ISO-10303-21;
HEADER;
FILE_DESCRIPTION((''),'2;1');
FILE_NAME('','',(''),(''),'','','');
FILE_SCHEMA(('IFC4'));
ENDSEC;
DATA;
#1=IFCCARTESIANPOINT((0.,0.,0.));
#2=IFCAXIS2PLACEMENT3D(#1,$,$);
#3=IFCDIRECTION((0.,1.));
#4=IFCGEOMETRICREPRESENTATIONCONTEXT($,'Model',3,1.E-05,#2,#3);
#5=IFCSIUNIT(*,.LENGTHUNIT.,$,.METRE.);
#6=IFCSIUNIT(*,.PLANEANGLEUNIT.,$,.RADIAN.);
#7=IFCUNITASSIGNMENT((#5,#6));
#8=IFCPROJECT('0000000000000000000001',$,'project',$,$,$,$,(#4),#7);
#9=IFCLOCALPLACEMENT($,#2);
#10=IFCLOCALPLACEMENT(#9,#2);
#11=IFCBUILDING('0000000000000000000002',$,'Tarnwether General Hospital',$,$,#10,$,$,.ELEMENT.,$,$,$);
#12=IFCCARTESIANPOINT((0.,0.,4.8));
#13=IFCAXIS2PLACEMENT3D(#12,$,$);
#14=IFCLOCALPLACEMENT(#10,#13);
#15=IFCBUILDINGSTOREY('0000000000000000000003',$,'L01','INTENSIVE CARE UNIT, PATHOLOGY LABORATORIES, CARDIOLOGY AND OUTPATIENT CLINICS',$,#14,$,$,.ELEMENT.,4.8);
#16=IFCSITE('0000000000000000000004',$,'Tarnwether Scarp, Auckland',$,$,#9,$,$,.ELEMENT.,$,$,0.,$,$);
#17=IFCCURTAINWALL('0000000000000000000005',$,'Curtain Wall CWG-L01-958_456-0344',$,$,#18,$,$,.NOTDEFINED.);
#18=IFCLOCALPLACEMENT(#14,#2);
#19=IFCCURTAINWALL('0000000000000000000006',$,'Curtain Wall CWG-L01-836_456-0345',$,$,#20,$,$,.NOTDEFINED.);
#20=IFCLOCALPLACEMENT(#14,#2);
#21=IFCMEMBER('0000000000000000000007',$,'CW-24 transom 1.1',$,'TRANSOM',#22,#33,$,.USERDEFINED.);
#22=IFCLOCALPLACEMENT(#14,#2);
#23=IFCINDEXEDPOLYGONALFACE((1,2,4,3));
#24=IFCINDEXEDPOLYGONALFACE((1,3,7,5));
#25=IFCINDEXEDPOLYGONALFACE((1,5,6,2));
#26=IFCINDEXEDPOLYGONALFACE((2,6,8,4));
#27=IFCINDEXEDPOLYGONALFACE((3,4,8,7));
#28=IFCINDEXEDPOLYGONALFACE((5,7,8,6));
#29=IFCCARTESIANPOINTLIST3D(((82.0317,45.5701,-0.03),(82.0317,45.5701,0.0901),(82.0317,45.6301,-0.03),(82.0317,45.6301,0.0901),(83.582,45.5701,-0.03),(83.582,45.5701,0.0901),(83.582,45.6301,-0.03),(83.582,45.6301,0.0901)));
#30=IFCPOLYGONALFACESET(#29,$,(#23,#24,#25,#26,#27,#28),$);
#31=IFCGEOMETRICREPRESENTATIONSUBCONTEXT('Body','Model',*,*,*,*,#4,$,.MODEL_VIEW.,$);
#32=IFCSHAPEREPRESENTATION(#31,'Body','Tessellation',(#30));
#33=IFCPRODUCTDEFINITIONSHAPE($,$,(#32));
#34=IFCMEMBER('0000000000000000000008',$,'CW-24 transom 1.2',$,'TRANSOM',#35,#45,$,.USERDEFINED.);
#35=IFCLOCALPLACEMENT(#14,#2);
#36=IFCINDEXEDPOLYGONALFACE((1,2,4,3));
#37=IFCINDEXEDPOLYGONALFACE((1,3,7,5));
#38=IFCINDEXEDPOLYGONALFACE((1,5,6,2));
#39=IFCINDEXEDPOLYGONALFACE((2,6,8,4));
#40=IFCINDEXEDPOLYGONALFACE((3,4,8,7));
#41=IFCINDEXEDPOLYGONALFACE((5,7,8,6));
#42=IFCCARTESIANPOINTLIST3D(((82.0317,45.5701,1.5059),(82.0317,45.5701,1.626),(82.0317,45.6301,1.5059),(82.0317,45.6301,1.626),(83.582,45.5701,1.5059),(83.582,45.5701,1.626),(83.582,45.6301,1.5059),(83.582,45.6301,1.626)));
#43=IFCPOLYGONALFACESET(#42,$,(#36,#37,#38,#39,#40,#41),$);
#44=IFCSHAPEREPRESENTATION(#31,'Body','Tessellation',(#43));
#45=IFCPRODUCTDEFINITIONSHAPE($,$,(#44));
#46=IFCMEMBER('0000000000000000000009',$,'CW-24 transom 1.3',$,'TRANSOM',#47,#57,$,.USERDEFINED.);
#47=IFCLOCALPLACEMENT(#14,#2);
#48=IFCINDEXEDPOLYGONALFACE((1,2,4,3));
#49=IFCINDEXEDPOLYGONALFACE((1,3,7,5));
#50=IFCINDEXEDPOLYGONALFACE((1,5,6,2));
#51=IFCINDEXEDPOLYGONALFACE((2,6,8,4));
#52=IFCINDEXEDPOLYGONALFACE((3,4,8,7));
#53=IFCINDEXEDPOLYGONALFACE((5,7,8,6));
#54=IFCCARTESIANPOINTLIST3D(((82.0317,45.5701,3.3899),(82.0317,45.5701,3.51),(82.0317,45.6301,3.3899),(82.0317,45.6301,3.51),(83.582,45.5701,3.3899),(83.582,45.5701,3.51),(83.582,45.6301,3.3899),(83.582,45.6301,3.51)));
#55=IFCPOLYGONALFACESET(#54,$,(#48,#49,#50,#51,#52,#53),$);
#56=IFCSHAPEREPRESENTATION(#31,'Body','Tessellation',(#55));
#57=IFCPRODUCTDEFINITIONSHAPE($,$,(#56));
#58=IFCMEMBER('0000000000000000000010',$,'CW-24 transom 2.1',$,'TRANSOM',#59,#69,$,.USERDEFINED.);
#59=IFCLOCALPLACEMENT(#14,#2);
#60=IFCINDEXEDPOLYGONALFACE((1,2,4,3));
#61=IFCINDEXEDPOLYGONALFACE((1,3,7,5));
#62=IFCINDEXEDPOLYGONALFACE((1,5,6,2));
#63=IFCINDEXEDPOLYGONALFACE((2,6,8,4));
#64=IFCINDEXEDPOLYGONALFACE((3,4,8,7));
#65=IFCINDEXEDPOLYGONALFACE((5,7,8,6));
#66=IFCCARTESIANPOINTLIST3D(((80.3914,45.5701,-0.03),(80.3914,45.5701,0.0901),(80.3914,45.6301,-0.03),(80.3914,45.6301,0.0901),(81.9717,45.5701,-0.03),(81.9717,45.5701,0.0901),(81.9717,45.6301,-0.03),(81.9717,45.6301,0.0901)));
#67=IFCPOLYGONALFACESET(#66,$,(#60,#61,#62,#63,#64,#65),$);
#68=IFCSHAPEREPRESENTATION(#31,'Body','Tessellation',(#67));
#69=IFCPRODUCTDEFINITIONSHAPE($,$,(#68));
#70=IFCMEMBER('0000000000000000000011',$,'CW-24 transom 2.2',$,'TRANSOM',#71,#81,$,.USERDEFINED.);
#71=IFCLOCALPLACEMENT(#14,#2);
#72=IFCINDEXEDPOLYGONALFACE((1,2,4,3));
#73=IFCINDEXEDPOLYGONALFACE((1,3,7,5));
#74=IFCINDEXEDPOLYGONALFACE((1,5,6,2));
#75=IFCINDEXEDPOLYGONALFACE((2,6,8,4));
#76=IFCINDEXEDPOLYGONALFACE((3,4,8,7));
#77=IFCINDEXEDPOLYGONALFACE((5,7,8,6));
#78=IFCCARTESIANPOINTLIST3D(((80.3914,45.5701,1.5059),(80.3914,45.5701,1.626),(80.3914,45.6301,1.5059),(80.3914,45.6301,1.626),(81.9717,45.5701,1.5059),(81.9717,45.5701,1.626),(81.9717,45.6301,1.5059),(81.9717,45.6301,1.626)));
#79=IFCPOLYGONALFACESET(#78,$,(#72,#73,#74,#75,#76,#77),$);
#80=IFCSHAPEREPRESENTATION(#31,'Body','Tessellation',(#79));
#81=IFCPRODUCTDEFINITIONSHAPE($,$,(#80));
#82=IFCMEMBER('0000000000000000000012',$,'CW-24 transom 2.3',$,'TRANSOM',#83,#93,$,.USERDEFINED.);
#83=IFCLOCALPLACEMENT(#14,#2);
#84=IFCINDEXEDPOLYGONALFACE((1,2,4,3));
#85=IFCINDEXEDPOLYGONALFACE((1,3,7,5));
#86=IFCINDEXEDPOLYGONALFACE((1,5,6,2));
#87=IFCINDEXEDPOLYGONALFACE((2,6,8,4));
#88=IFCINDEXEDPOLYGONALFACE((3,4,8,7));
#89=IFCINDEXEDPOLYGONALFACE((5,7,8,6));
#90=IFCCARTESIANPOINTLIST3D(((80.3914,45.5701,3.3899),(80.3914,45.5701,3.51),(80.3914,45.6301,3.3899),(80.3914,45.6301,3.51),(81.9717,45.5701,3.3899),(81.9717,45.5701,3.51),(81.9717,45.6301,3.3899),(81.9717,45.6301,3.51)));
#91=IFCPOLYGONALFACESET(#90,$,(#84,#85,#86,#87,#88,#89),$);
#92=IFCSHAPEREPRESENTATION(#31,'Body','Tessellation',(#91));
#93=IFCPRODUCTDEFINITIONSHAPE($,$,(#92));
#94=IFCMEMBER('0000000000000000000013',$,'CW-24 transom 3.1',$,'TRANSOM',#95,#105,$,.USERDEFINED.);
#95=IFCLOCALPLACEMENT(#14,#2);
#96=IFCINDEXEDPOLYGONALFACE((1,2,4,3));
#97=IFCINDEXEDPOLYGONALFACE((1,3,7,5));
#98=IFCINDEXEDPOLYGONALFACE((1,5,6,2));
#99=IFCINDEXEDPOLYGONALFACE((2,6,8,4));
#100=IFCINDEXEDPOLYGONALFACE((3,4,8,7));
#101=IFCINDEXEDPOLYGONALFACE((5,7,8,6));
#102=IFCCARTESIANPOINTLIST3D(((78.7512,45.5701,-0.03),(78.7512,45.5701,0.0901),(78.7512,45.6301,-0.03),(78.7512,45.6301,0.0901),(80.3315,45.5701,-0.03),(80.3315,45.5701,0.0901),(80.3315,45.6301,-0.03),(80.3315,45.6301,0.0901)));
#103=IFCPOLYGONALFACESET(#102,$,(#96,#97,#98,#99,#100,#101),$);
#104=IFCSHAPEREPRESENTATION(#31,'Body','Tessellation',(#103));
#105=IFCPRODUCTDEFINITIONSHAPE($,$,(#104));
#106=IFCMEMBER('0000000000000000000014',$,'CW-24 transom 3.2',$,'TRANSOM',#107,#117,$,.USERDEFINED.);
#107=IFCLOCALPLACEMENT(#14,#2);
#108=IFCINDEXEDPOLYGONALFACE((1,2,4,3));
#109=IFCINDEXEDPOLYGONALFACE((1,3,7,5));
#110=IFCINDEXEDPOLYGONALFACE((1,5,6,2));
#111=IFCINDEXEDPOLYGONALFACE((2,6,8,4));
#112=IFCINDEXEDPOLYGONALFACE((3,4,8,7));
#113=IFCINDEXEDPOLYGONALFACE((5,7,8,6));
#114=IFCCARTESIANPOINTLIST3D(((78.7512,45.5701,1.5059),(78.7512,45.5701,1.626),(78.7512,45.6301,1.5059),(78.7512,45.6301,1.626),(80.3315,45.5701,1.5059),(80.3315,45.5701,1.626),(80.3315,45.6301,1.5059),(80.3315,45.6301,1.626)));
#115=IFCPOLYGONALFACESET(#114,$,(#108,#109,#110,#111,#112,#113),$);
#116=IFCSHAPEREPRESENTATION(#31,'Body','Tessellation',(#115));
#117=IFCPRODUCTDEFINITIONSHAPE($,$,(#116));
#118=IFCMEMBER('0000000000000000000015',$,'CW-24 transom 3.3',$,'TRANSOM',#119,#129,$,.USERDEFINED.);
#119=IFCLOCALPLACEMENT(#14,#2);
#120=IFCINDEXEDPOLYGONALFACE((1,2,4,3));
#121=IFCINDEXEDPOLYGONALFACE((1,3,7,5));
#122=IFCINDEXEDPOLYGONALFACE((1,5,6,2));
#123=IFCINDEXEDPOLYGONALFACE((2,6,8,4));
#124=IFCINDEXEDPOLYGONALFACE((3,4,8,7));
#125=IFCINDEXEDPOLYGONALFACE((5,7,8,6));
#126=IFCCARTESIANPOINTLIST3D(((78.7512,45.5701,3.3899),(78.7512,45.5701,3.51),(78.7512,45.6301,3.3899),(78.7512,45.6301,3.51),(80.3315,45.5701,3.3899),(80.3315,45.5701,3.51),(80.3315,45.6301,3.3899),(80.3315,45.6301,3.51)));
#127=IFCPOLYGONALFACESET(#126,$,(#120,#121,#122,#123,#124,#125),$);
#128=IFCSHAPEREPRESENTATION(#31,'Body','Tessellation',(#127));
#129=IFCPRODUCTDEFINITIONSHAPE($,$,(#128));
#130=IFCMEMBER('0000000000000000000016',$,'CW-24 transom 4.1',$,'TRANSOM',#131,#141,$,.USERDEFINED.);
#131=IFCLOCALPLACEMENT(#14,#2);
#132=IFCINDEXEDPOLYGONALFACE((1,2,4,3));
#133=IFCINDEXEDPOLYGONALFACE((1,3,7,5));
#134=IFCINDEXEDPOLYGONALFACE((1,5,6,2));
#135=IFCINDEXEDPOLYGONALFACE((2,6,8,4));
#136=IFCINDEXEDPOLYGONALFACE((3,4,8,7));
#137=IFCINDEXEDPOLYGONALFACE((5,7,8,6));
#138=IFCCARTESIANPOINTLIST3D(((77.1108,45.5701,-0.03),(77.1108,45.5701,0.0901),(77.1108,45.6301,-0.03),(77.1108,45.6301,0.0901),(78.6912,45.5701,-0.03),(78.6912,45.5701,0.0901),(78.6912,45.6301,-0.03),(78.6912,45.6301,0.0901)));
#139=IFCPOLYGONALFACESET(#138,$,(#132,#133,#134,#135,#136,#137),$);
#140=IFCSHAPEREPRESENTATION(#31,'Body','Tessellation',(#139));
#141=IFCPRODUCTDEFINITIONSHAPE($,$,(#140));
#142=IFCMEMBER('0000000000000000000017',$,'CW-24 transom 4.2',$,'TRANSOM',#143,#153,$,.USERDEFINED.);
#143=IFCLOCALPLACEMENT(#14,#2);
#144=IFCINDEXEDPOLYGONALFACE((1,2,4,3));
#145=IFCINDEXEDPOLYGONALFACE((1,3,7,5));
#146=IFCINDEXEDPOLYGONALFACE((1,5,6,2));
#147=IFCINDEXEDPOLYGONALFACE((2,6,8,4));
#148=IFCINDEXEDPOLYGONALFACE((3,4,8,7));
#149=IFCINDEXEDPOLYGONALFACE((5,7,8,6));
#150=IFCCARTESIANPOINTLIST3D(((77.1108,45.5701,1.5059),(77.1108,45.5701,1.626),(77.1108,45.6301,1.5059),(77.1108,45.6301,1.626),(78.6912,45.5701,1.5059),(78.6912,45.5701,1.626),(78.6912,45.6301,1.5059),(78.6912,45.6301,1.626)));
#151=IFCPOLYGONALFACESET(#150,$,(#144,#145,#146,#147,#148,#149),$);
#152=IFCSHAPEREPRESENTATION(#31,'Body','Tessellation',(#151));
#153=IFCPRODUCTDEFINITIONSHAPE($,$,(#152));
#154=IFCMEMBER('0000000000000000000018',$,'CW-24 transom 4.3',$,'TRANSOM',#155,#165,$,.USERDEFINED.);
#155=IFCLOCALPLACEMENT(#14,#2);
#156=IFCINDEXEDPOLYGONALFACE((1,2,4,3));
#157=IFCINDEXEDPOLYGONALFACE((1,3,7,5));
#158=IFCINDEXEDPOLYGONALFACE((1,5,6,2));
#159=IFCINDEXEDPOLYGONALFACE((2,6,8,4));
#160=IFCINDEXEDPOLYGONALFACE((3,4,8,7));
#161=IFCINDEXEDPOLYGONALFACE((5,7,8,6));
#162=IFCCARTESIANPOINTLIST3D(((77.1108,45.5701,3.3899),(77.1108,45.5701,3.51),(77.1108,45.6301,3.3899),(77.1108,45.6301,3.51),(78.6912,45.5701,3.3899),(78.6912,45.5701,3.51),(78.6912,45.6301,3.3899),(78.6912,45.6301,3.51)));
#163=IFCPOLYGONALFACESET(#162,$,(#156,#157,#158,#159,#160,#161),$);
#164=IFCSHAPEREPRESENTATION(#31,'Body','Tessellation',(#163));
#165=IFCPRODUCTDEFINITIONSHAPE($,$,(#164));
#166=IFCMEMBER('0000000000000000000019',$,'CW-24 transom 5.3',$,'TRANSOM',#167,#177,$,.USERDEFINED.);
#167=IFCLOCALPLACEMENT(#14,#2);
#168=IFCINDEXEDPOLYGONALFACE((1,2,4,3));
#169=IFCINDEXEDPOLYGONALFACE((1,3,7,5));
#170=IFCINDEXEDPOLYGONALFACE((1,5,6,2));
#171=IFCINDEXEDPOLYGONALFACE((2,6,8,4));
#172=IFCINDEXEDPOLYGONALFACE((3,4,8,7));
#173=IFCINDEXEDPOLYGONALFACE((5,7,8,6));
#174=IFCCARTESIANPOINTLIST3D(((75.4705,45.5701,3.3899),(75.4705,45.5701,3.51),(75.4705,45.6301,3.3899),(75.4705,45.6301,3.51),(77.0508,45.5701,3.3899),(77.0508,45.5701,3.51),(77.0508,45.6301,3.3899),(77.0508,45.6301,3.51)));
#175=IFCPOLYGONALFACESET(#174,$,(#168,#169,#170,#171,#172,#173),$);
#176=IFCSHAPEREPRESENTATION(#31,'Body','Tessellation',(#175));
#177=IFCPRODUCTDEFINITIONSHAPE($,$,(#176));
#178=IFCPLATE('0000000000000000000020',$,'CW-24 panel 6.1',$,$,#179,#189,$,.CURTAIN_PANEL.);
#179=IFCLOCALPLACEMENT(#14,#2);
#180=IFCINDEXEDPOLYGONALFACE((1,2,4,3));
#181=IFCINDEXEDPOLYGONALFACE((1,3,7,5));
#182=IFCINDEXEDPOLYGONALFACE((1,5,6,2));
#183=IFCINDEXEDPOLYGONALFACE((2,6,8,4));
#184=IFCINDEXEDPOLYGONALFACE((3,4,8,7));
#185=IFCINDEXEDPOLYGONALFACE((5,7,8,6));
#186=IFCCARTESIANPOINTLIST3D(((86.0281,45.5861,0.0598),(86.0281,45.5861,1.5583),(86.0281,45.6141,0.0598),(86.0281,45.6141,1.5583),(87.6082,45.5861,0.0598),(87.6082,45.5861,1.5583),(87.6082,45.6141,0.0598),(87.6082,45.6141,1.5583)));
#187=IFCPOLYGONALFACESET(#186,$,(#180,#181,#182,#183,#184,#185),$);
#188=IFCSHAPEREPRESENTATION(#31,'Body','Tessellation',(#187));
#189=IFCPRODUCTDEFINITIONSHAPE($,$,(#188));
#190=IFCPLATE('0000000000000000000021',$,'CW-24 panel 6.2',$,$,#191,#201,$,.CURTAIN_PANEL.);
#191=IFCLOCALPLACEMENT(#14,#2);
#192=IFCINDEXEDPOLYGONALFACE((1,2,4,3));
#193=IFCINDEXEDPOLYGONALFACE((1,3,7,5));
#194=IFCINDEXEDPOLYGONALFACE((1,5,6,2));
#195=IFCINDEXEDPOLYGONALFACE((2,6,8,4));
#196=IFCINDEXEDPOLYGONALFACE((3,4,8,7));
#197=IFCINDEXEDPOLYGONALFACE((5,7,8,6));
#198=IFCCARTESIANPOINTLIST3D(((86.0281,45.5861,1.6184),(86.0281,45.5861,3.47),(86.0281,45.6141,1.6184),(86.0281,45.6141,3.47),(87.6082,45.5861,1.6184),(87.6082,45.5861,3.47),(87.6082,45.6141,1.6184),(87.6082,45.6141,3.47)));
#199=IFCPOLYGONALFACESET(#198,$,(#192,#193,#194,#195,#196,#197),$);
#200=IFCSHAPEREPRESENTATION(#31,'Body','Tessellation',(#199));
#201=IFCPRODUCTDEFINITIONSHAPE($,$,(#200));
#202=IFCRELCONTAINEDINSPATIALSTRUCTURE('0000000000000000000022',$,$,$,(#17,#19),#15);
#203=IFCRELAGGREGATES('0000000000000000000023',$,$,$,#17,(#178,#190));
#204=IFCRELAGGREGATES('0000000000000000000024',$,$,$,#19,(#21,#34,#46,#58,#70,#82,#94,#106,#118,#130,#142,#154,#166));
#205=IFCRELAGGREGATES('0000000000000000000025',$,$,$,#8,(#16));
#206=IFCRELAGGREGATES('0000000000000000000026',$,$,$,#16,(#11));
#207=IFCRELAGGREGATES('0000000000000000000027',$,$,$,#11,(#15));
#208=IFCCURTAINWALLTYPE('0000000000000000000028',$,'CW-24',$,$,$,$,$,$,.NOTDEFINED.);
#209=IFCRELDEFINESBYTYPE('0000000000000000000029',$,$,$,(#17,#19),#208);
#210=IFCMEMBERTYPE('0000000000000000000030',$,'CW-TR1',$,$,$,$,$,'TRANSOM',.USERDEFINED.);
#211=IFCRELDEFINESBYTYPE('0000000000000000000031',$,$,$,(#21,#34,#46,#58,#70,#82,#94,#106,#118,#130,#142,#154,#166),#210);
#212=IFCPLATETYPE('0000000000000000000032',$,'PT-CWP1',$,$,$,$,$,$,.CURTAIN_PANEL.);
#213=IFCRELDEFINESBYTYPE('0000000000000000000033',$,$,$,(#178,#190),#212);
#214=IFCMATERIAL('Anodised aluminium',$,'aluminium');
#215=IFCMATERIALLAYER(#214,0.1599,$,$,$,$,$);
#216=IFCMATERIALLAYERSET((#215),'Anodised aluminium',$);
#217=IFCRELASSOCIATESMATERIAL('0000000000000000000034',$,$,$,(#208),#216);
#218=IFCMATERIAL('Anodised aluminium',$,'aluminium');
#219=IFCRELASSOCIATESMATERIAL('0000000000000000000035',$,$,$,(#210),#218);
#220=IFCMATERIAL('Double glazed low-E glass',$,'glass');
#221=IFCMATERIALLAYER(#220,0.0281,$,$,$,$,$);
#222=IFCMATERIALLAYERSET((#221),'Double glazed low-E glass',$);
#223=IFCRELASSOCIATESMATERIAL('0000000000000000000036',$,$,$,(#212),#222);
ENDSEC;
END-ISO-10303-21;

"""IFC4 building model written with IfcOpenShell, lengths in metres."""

from ifc_helpers import new_model, si_unit, direction, frame, origin, origin_2d, place, context, subcontext, project, spatial, rectangle, extrude, material, layer, layer_set, material_profile, profile_set, type_object, element, aggregate, save


model = new_model("IFC4")

# Units and contexts
model_context = context("Model", 3, precision=1e-05, world=origin(), true_north=direction((0.0, 1.0)))
body_context = subcontext(model_context, "Body", "Model", "MODEL_VIEW")
ifc_project = project(units=[si_unit("LENGTHUNIT", "METRE"), si_unit("PLANEANGLEUNIT", "RADIAN")], contexts=[model_context])

# Site, building, storey
site_placement = place(None, origin())
site = spatial("IfcSite", under=ifc_project, at=site_placement, Name="Tarnwether Scarp, Auckland", CompositionType="ELEMENT", RefElevation=0.0)
building_placement = place(site_placement, origin())
building = spatial("IfcBuilding", under=site, at=building_placement, Name="Tarnwether General Hospital", CompositionType="ELEMENT")
storey_placement = place(building_placement, frame((0.0, 0.0, 4.8)))
storey = spatial("IfcBuildingStorey", under=building, at=storey_placement, Name="L01", Description="INTENSIVE CARE UNIT, PATHOLOGY LABORATORIES, CARDIOLOGY AND OUTPATIENT CLINICS", CompositionType="ELEMENT", Elevation=4.8)

# Curtain walls
ifc_material_1 = material(Name="Anodised aluminium", Category="aluminium")
ifc_layer_1 = layer(ifc_material_1, 0.1599)
ifc_layer_set_1 = layer_set([ifc_layer_1], Name="Anodised aluminium")
curtain_wall_type = type_object("IfcCurtainWallType", Name="CW-24", PredefinedType="NOTDEFINED", material=ifc_layer_set_1)
curtain_wall_1_placement = place(storey_placement, origin())
curtain_wall_1 = element("IfcCurtainWall", 1, at=curtain_wall_1_placement, inside=storey, type_object=curtain_wall_type, Name="Curtain Wall CWG-L01-958_456-0344", PredefinedType="NOTDEFINED")
curtain_wall_2_placement = place(storey_placement, origin())
curtain_wall_2 = element("IfcCurtainWall", 2, at=curtain_wall_2_placement, inside=storey, type_object=curtain_wall_type, Name="Curtain Wall CWG-L01-836_456-0345", PredefinedType="NOTDEFINED")

# Members
ifc_material_2 = material(Name="Anodised aluminium", Category="aluminium")
ifc_material_profile_1 = material_profile(ifc_material_2, rectangle(XDim=0.0601, YDim=0.1201, at=origin_2d()), Name="ALU-TRN-60x120")
ifc_profile_set_1 = profile_set([ifc_material_profile_1], Name="Anodised aluminium")
member_type_1 = type_object("IfcMemberType", Name="CW-TR1", ElementType="TRANSOM", PredefinedType="USERDEFINED", material=ifc_profile_set_1)
member_1_placement = place(storey_placement, frame((83.582, 45.6001, 0.03), z_axis=(-1.0, 0.0, 0.0), x_axis=(0.0, -1.0, 0.0)))
member_1 = element("IfcMember", 3, at=member_1_placement, type_object=member_type_1, Name="CW-24 transom 1.1", ObjectType="TRANSOM", PredefinedType="USERDEFINED", context=body_context, shape_type="SweptSolid", body=[
    extrude(rectangle(XDim=0.0601, YDim=0.1201, at=origin_2d()), origin(), (0.0, 0.0, 1.0), 1.5503),
])
member_2_placement = place(storey_placement, frame((83.582, 45.6001, 1.5659), z_axis=(-1.0, 0.0, 0.0), x_axis=(0.0, -1.0, 0.0)))
member_2 = element("IfcMember", 4, at=member_2_placement, type_object=member_type_1, Name="CW-24 transom 1.2", ObjectType="TRANSOM", PredefinedType="USERDEFINED", context=body_context, shape_type="SweptSolid", body=[
    extrude(rectangle(XDim=0.0601, YDim=0.1201, at=origin_2d()), origin(), (0.0, 0.0, 1.0), 1.5503),
])
member_3_placement = place(storey_placement, frame((83.582, 45.6001, 3.45), z_axis=(-1.0, 0.0, 0.0), x_axis=(0.0, -1.0, 0.0)))
member_3 = element("IfcMember", 5, at=member_3_placement, type_object=member_type_1, Name="CW-24 transom 1.3", ObjectType="TRANSOM", PredefinedType="USERDEFINED", context=body_context, shape_type="SweptSolid", body=[
    extrude(rectangle(XDim=0.0601, YDim=0.1201, at=origin_2d()), origin(), (0.0, 0.0, 1.0), 1.5503),
])
member_4_placement = place(storey_placement, frame((81.9717, 45.6001, 0.03), z_axis=(-1.0, 0.0, 0.0), x_axis=(0.0, -1.0, 0.0)))
member_4 = element("IfcMember", 6, at=member_4_placement, type_object=member_type_1, Name="CW-24 transom 2.1", ObjectType="TRANSOM", PredefinedType="USERDEFINED", context=body_context, shape_type="SweptSolid", body=[
    extrude(rectangle(XDim=0.0601, YDim=0.1201, at=origin_2d()), origin(), (0.0, 0.0, 1.0), 1.5803),
])
member_5_placement = place(storey_placement, frame((81.9717, 45.6001, 1.5659), z_axis=(-1.0, 0.0, 0.0), x_axis=(0.0, -1.0, 0.0)))
member_5 = element("IfcMember", 7, at=member_5_placement, type_object=member_type_1, Name="CW-24 transom 2.2", ObjectType="TRANSOM", PredefinedType="USERDEFINED", context=body_context, shape_type="SweptSolid", body=[
    extrude(rectangle(XDim=0.0601, YDim=0.1201, at=origin_2d()), origin(), (0.0, 0.0, 1.0), 1.5803),
])
member_6_placement = place(storey_placement, frame((81.9717, 45.6001, 3.45), z_axis=(-1.0, 0.0, 0.0), x_axis=(0.0, -1.0, 0.0)))
member_6 = element("IfcMember", 8, at=member_6_placement, type_object=member_type_1, Name="CW-24 transom 2.3", ObjectType="TRANSOM", PredefinedType="USERDEFINED", context=body_context, shape_type="SweptSolid", body=[
    extrude(rectangle(XDim=0.0601, YDim=0.1201, at=origin_2d()), origin(), (0.0, 0.0, 1.0), 1.5803),
])
member_7_placement = place(storey_placement, frame((80.3315, 45.6001, 0.03), z_axis=(-1.0, 0.0, 0.0), x_axis=(0.0, -1.0, 0.0)))
member_7 = element("IfcMember", 9, at=member_7_placement, type_object=member_type_1, Name="CW-24 transom 3.1", ObjectType="TRANSOM", PredefinedType="USERDEFINED", context=body_context, shape_type="SweptSolid", body=[
    extrude(rectangle(XDim=0.0601, YDim=0.1201, at=origin_2d()), origin(), (0.0, 0.0, 1.0), 1.5803),
])
member_8_placement = place(storey_placement, frame((80.3315, 45.6001, 1.5659), z_axis=(-1.0, 0.0, 0.0), x_axis=(0.0, -1.0, 0.0)))
member_8 = element("IfcMember", 10, at=member_8_placement, type_object=member_type_1, Name="CW-24 transom 3.2", ObjectType="TRANSOM", PredefinedType="USERDEFINED", context=body_context, shape_type="SweptSolid", body=[
    extrude(rectangle(XDim=0.0601, YDim=0.1201, at=origin_2d()), origin(), (0.0, 0.0, 1.0), 1.5803),
])
member_9_placement = place(storey_placement, frame((80.3315, 45.6001, 3.45), z_axis=(-1.0, 0.0, 0.0), x_axis=(0.0, -1.0, 0.0)))
member_9 = element("IfcMember", 11, at=member_9_placement, type_object=member_type_1, Name="CW-24 transom 3.3", ObjectType="TRANSOM", PredefinedType="USERDEFINED", context=body_context, shape_type="SweptSolid", body=[
    extrude(rectangle(XDim=0.0601, YDim=0.1201, at=origin_2d()), origin(), (0.0, 0.0, 1.0), 1.5803),
])
member_10_placement = place(storey_placement, frame((78.6912, 45.6001, 0.03), z_axis=(-1.0, 0.0, 0.0), x_axis=(0.0, -1.0, 0.0)))
member_10 = element("IfcMember", 12, at=member_10_placement, type_object=member_type_1, Name="CW-24 transom 4.1", ObjectType="TRANSOM", PredefinedType="USERDEFINED", context=body_context, shape_type="SweptSolid", body=[
    extrude(rectangle(XDim=0.0601, YDim=0.1201, at=origin_2d()), origin(), (0.0, 0.0, 1.0), 1.5803),
])
member_11_placement = place(storey_placement, frame((78.6912, 45.6001, 1.5659), z_axis=(-1.0, 0.0, 0.0), x_axis=(0.0, -1.0, 0.0)))
member_11 = element("IfcMember", 13, at=member_11_placement, type_object=member_type_1, Name="CW-24 transom 4.2", ObjectType="TRANSOM", PredefinedType="USERDEFINED", context=body_context, shape_type="SweptSolid", body=[
    extrude(rectangle(XDim=0.0601, YDim=0.1201, at=origin_2d()), origin(), (0.0, 0.0, 1.0), 1.5803),
])
member_12_placement = place(storey_placement, frame((78.6912, 45.6001, 3.45), z_axis=(-1.0, 0.0, 0.0), x_axis=(0.0, -1.0, 0.0)))
member_12 = element("IfcMember", 14, at=member_12_placement, type_object=member_type_1, Name="CW-24 transom 4.3", ObjectType="TRANSOM", PredefinedType="USERDEFINED", context=body_context, shape_type="SweptSolid", body=[
    extrude(rectangle(XDim=0.0601, YDim=0.1201, at=origin_2d()), origin(), (0.0, 0.0, 1.0), 1.5803),
])
member_13_placement = place(storey_placement, frame((77.0508, 45.6001, 3.45), z_axis=(-1.0, 0.0, 0.0), x_axis=(0.0, -1.0, 0.0)))
member_13 = element("IfcMember", 15, at=member_13_placement, type_object=member_type_1, Name="CW-24 transom 5.3", ObjectType="TRANSOM", PredefinedType="USERDEFINED", context=body_context, shape_type="SweptSolid", body=[
    extrude(rectangle(XDim=0.0601, YDim=0.1201, at=origin_2d()), origin(), (0.0, 0.0, 1.0), 1.5803),
])

# Plates
ifc_material_3 = material(Name="Double glazed low-E glass", Category="glass")
ifc_layer_2 = layer(ifc_material_3, 0.0281)
ifc_layer_set_2 = layer_set([ifc_layer_2], Name="Double glazed low-E glass")
plate_type = type_object("IfcPlateType", Name="PT-CWP1", PredefinedType="CURTAIN_PANEL", material=ifc_layer_set_2)
plate_1_placement = place(storey_placement, frame((86.8181, 45.6001, 0.0598), z_axis=(0.0, 0.0, 1.0), x_axis=(-1.0, 0.0, 0.0)))
plate_1 = element("IfcPlate", 16, at=plate_1_placement, type_object=plate_type, Name="CW-24 panel 6.1", PredefinedType="CURTAIN_PANEL", context=body_context, shape_type="SweptSolid", body=[
    extrude(rectangle(XDim=1.5801, YDim=0.0281, at=origin_2d()), origin(), (0.0, 0.0, 1.0), 1.4985),
])
plate_2_placement = place(storey_placement, frame((86.8181, 45.6001, 1.6184), z_axis=(0.0, 0.0, 1.0), x_axis=(-1.0, 0.0, 0.0)))
plate_2 = element("IfcPlate", 17, at=plate_2_placement, type_object=plate_type, Name="CW-24 panel 6.2", PredefinedType="CURTAIN_PANEL", context=body_context, shape_type="SweptSolid", body=[
    extrude(rectangle(XDim=1.5801, YDim=0.0281, at=origin_2d()), origin(), (0.0, 0.0, 1.0), 1.8516),
])
aggregate(curtain_wall_1, [plate_1, plate_2])
aggregate(curtain_wall_2, [member_1, member_2, member_3, member_4, member_5, member_6, member_7, member_8, member_9, member_10, member_11, member_12, member_13])

save(model, "model.ifc")
